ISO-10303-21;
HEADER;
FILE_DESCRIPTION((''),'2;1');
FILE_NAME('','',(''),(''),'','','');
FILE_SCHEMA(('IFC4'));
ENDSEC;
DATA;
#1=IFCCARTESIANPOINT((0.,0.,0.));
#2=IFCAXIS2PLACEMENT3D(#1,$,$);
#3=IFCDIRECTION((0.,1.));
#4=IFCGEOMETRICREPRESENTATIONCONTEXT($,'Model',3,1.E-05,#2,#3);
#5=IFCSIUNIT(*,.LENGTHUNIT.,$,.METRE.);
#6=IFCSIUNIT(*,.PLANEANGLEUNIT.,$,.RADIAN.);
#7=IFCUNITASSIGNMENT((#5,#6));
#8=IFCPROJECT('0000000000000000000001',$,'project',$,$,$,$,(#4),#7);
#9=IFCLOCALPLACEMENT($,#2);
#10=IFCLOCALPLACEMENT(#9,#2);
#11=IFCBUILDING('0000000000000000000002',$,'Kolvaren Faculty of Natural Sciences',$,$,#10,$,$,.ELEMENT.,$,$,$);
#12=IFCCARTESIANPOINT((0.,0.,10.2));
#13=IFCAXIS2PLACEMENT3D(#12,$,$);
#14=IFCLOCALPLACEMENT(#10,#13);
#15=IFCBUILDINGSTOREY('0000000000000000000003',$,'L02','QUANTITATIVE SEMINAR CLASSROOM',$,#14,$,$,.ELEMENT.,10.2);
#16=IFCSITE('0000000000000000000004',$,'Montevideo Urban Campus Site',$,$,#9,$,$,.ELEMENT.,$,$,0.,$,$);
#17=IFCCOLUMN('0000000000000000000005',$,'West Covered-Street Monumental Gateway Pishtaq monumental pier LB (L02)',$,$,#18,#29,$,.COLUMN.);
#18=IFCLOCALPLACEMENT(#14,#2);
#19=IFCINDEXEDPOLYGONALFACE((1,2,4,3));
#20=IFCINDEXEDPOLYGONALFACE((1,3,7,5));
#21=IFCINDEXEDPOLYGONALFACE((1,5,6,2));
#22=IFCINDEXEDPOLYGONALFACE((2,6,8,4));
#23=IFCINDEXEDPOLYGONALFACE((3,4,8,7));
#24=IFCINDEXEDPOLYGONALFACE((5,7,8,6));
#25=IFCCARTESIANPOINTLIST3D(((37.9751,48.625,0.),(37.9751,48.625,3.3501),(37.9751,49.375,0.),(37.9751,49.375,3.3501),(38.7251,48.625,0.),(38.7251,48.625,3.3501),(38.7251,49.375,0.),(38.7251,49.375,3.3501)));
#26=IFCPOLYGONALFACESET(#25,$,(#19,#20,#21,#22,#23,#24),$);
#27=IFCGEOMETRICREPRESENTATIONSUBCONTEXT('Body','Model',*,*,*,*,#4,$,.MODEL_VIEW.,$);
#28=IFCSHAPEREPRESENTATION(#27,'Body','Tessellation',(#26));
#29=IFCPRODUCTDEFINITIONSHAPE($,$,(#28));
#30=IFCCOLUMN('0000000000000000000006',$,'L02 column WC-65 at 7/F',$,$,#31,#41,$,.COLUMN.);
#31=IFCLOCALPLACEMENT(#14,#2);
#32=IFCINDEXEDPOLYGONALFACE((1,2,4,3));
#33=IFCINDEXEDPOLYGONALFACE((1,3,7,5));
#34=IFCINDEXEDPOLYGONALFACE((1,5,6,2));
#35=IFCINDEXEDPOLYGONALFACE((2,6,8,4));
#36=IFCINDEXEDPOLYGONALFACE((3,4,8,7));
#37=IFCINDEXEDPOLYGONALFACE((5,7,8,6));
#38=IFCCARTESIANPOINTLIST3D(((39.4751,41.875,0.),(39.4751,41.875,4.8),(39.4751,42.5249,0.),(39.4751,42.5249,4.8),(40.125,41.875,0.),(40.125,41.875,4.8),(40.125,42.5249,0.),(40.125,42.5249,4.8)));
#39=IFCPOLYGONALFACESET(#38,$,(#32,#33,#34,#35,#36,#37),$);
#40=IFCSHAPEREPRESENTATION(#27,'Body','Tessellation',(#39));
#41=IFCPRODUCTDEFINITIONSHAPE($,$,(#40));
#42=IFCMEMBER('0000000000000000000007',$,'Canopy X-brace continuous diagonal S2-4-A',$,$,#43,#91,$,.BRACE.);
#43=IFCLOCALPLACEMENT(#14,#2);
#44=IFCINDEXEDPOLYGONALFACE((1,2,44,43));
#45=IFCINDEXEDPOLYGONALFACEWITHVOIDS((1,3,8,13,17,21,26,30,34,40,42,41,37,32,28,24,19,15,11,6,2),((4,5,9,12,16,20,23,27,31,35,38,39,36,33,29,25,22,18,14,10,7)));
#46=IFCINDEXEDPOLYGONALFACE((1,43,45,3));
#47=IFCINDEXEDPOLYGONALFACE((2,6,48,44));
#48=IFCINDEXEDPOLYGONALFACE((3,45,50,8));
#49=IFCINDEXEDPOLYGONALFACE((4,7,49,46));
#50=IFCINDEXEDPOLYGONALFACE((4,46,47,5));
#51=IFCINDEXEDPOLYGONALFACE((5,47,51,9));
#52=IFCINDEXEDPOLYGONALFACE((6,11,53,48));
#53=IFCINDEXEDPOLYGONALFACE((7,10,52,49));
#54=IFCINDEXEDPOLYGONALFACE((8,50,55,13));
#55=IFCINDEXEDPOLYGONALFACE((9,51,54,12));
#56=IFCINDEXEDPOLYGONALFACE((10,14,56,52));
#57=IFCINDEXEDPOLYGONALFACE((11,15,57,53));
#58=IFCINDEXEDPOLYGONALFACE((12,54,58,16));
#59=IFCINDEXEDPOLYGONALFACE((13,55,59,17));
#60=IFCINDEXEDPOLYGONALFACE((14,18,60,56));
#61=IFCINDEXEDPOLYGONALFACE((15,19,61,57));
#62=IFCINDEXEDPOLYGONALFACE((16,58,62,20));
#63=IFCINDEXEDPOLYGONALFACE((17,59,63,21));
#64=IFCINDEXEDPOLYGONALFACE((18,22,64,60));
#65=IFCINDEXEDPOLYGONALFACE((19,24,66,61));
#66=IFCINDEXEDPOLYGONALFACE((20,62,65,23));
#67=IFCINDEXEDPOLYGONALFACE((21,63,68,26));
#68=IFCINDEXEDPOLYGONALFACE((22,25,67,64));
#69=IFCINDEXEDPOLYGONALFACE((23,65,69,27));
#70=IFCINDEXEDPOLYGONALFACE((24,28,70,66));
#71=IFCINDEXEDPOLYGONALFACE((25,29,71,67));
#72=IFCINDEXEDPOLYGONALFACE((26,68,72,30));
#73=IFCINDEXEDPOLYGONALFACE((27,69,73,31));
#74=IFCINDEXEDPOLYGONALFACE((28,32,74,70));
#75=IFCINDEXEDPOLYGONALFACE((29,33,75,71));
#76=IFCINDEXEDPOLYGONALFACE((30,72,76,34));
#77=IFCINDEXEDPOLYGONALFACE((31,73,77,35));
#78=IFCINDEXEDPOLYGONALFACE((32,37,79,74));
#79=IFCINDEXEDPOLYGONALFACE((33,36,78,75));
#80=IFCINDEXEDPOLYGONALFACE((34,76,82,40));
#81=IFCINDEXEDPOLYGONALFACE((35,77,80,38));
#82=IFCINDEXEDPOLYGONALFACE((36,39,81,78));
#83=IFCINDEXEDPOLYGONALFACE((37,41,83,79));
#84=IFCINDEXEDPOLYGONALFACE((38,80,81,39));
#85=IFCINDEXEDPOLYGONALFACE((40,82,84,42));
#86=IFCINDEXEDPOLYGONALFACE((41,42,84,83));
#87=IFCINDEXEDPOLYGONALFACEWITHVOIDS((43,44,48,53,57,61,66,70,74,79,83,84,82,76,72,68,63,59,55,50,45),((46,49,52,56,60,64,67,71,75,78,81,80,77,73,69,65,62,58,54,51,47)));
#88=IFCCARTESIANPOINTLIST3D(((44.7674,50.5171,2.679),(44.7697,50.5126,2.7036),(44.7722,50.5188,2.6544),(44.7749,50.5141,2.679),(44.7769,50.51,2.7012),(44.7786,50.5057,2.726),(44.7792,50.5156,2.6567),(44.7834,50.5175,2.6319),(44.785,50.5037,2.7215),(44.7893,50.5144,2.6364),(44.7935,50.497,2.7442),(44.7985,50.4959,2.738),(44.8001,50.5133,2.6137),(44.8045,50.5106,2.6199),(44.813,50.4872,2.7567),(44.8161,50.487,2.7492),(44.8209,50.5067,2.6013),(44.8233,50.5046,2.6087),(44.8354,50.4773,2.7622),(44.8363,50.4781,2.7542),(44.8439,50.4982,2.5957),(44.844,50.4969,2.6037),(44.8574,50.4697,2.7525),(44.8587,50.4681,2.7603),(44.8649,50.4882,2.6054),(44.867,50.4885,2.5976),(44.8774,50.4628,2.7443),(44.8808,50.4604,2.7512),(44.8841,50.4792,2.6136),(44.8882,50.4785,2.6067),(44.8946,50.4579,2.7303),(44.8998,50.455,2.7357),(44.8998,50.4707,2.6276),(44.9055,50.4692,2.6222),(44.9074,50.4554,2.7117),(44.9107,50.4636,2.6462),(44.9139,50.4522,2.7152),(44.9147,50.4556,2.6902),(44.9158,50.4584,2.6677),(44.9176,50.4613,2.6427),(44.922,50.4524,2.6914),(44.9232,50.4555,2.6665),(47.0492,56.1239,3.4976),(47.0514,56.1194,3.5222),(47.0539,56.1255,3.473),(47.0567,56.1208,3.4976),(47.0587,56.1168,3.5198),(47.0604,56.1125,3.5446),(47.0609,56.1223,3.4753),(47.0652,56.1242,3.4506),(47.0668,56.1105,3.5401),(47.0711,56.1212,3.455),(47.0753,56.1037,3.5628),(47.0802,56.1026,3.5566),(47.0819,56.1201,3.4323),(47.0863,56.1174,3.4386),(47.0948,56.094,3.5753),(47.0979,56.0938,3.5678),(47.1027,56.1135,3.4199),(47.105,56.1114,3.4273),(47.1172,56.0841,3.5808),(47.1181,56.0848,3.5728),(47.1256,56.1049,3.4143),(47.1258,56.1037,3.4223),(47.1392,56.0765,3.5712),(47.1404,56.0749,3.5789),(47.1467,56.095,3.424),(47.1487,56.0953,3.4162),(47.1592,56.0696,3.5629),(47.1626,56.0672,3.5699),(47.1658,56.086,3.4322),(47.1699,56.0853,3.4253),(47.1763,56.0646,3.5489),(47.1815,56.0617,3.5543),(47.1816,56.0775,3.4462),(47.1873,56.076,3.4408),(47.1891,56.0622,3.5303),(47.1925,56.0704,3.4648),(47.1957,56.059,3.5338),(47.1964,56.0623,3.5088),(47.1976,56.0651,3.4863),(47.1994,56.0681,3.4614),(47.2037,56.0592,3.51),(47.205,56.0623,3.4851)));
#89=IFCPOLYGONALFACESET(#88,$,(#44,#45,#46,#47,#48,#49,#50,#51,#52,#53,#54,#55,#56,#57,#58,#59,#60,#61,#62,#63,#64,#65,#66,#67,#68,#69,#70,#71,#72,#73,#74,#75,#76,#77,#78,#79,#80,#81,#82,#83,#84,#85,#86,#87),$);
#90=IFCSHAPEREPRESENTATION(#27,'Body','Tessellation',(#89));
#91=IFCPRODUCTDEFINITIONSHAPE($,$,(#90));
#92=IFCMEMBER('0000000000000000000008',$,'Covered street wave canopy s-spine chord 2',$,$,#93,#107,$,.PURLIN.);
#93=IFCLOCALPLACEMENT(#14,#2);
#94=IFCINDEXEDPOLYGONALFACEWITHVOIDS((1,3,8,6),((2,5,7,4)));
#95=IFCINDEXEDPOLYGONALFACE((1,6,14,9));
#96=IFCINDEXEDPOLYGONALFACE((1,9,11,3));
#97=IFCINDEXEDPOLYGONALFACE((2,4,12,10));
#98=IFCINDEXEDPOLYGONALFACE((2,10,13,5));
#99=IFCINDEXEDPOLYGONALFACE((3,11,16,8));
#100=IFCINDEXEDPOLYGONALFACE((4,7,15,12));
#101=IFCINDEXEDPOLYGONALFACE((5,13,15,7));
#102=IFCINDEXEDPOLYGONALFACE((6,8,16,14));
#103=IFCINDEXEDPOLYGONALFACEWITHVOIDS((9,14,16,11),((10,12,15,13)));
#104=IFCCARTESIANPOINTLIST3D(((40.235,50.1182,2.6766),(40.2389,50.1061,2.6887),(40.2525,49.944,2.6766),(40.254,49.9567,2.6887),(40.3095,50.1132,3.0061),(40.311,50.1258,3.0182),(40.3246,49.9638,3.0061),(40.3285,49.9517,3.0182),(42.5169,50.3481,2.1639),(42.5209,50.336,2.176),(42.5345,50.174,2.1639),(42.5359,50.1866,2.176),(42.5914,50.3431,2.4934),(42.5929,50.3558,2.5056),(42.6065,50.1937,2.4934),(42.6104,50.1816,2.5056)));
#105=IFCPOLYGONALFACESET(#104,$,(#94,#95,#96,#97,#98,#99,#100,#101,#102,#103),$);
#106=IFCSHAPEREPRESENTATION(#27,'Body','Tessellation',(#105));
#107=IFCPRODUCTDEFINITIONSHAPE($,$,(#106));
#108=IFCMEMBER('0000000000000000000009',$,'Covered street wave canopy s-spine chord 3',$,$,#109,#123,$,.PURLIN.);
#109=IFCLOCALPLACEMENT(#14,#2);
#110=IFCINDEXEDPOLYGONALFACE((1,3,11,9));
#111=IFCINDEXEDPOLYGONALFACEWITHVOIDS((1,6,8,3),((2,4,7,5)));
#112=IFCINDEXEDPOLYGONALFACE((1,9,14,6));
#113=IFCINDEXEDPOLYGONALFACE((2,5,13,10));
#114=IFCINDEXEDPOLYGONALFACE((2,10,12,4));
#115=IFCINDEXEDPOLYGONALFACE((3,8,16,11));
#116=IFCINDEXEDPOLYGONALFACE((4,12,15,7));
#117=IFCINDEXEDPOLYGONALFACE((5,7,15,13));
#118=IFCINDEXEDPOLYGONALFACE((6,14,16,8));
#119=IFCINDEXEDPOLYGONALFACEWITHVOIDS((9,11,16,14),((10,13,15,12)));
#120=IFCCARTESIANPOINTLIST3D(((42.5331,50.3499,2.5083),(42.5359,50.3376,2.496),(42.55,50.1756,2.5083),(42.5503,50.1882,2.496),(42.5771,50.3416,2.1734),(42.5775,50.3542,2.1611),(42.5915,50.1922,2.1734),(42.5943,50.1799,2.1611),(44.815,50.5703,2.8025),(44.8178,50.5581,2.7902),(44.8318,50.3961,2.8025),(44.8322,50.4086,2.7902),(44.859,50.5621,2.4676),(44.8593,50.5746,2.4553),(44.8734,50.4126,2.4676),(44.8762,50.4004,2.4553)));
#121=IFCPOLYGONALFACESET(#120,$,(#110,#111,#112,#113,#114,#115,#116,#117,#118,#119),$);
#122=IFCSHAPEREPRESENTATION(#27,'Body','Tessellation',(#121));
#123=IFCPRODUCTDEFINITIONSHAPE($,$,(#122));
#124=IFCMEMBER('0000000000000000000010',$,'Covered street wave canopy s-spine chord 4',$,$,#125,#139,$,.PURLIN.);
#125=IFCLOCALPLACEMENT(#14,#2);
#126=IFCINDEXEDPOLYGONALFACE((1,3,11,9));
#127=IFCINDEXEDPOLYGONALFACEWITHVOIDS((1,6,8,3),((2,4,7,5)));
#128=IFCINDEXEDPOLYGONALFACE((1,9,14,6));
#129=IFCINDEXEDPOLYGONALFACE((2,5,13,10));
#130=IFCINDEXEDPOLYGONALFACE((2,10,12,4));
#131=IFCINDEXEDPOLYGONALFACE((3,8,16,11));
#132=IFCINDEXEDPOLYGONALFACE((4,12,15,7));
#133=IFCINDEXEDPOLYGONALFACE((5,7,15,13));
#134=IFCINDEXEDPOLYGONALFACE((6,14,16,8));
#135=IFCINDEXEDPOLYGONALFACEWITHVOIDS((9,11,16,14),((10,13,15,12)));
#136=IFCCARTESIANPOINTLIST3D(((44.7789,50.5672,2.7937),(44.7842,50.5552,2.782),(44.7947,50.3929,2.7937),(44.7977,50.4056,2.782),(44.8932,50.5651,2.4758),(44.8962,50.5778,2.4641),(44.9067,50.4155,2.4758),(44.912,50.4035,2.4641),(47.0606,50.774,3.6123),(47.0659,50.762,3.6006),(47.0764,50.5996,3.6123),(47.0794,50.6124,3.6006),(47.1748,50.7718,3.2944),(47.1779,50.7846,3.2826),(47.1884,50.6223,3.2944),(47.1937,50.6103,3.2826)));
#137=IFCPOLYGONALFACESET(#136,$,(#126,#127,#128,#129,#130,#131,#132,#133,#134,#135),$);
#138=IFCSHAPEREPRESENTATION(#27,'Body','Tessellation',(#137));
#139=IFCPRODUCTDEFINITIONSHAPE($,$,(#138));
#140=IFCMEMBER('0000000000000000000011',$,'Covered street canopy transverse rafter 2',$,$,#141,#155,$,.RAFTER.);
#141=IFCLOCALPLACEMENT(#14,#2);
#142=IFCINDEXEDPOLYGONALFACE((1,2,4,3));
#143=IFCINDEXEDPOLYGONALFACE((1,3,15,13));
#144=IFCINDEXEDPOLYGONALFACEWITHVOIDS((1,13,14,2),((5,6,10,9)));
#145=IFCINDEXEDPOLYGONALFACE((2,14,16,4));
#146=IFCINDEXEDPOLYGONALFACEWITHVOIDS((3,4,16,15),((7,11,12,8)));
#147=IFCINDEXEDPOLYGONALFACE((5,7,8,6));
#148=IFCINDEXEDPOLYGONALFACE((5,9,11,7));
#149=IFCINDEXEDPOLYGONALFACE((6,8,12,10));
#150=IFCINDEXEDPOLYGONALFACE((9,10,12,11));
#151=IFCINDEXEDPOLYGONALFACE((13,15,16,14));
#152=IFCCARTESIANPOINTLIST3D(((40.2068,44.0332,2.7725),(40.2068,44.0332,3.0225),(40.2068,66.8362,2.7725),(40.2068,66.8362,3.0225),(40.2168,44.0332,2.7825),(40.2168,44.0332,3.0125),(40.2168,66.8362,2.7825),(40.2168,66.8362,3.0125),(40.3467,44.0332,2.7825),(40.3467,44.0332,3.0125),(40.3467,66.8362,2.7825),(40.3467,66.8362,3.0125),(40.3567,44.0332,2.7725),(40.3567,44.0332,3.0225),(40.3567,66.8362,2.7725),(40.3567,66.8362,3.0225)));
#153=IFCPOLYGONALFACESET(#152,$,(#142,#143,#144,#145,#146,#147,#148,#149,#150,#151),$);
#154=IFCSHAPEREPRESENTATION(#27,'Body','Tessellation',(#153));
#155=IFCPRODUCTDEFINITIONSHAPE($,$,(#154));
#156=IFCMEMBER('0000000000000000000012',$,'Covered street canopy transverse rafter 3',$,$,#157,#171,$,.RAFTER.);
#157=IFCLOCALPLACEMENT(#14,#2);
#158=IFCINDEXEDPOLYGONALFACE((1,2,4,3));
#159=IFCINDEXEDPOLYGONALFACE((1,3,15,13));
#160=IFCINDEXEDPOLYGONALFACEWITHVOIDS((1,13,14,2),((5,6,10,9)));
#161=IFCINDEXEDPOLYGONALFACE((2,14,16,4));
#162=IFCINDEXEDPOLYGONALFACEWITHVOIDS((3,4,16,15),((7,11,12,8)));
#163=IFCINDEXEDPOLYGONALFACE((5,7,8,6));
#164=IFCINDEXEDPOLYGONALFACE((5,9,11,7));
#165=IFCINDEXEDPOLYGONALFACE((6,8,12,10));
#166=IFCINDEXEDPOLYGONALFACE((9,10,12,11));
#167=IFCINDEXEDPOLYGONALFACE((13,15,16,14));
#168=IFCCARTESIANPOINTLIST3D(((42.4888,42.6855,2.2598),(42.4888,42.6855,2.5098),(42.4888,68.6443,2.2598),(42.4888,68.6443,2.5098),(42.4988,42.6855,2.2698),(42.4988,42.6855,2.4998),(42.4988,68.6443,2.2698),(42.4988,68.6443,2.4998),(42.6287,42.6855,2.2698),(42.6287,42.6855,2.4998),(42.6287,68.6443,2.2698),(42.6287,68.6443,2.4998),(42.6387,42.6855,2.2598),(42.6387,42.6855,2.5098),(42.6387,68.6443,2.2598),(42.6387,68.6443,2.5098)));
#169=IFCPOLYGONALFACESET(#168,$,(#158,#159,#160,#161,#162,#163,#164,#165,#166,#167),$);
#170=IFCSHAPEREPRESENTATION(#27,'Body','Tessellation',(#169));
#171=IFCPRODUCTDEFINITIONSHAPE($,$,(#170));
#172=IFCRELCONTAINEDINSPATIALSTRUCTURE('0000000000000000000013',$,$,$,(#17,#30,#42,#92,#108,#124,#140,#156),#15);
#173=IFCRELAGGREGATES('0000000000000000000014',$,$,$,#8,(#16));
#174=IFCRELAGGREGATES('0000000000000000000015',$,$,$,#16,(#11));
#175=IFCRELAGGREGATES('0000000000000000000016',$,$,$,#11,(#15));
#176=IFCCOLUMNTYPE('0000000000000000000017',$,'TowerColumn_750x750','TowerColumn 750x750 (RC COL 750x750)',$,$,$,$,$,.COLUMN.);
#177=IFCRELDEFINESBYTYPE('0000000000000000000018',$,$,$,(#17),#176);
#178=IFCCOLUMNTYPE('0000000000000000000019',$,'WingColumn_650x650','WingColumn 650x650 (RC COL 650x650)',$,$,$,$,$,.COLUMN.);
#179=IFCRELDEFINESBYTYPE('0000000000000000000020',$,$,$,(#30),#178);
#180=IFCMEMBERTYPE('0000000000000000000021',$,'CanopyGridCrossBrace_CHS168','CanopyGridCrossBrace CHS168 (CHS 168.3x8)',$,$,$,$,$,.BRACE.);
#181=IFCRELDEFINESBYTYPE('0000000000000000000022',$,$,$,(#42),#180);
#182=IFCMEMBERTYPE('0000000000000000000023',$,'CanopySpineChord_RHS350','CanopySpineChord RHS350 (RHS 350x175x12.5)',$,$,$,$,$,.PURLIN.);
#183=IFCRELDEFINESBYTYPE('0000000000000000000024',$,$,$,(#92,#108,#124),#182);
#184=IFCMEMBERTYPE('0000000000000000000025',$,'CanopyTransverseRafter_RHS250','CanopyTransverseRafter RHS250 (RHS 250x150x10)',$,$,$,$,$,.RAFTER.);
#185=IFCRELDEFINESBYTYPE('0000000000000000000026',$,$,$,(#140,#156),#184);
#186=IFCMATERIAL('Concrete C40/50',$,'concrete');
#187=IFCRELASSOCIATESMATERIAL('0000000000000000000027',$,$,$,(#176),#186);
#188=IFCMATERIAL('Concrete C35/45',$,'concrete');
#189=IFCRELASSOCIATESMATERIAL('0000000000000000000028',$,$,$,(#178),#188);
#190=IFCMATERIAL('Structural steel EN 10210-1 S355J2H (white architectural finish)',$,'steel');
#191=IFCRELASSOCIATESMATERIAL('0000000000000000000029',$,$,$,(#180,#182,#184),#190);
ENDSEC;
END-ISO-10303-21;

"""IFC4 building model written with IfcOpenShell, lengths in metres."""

from ifc_helpers import new_model, si_unit, direction, frame, origin, origin_2d, place, context, subcontext, project, spatial, rectangle, hollow_rectangle, hollow_circle, extrude, material, material_profile, profile_set, type_object, element, save


model = new_model("IFC4")

# Units and contexts
model_context = context("Model", 3, precision=1e-05, world=origin(), true_north=direction((0.0, 1.0)))
body_context = subcontext(model_context, "Body", "Model", "MODEL_VIEW")
ifc_project = project(units=[si_unit("LENGTHUNIT", "METRE"), si_unit("PLANEANGLEUNIT", "RADIAN")], contexts=[model_context])

# Site, building, storey
site_placement = place(None, origin())
site = spatial("IfcSite", under=ifc_project, at=site_placement, Name="Montevideo Urban Campus Site", CompositionType="ELEMENT", RefElevation=0.0)
building_placement = place(site_placement, origin())
building = spatial("IfcBuilding", under=site, at=building_placement, Name="Kolvaren Faculty of Natural Sciences", CompositionType="ELEMENT")
storey_placement = place(building_placement, frame((0.0, 0.0, 10.2)))
storey = spatial("IfcBuildingStorey", under=building, at=storey_placement, Name="L02", Description="QUANTITATIVE SEMINAR CLASSROOM", CompositionType="ELEMENT", Elevation=10.2)

# Columns
ifc_material_1 = material(Name="Concrete C40/50", Category="concrete")
ifc_material_profile_1 = material_profile(ifc_material_1, rectangle(XDim=0.75, YDim=0.75, at=origin_2d()), Name="RC COL 750x750")
ifc_profile_set_1 = profile_set([ifc_material_profile_1], Name="Concrete C40/50")
column_type_1 = type_object("IfcColumnType", Name="TowerColumn_750x750", Description="TowerColumn 750x750 (RC COL 750x750)", PredefinedType="COLUMN", material=ifc_profile_set_1)
column_1_placement = place(storey_placement, frame((38.3501, 49.0, 0.0), z_axis=(0.0, 0.0, 1.0), x_axis=(1.0, 0.0, 0.0)))
element("IfcColumn", 1, at=column_1_placement, inside=storey, type_object=column_type_1, Name="West Covered-Street Monumental Gateway Pishtaq monumental pier LB (L02)", PredefinedType="COLUMN", context=body_context, shape_type="SweptSolid", body=[
    extrude(rectangle(XDim=0.75, YDim=0.75, at=origin_2d()), origin(), (0.0, 0.0, 1.0), 3.3501),
])
ifc_material_2 = material(Name="Concrete C35/45", Category="concrete")
ifc_material_profile_2 = material_profile(ifc_material_2, rectangle(XDim=0.6499, YDim=0.6499, at=origin_2d()), Name="RC COL 650x650")
ifc_profile_set_2 = profile_set([ifc_material_profile_2], Name="Concrete C35/45")
column_type_2 = type_object("IfcColumnType", Name="WingColumn_650x650", Description="WingColumn 650x650 (RC COL 650x650)", PredefinedType="COLUMN", material=ifc_profile_set_2)
column_2_placement = place(storey_placement, frame((39.8, 42.2, 0.0), z_axis=(0.0, 0.0, 1.0), x_axis=(1.0, 0.0, 0.0)))
element("IfcColumn", 2, at=column_2_placement, inside=storey, type_object=column_type_2, Name="L02 column WC-65 at 7/F", PredefinedType="COLUMN", context=body_context, shape_type="SweptSolid", body=[
    extrude(rectangle(XDim=0.6499, YDim=0.6499, at=origin_2d()), origin(), (0.0, 0.0, 1.0), 4.8),
])

# Members
ifc_material_3 = material(Name="Structural steel EN 10210-1 S355J2H (white architectural finish)", Category="steel")
ifc_material_profile_3 = material_profile(ifc_material_3, hollow_circle(Radius=0.0842, WallThickness=0.0081, at=origin_2d()), Name="CHS 168.3x8")
ifc_profile_set_3 = profile_set([ifc_material_profile_3], Name="Structural steel EN 10210-1 S355J2H (white architectural finish)")
member_type_1 = type_object("IfcMemberType", Name="CanopyGridCrossBrace_CHS168", Description="CanopyGridCrossBrace CHS168 (CHS 168.3x8)", PredefinedType="BRACE", material=ifc_profile_set_3)
member_1_placement = place(storey_placement, frame((44.8455, 50.4854, 2.679), z_axis=(0.373547, 0.91788, 0.134015), x_axis=(-0.926235, 0.376947, 0.0)))
element("IfcMember", 3, at=member_1_placement, inside=storey, type_object=member_type_1, Name="Canopy X-brace continuous diagonal S2-4-A", PredefinedType="BRACE", context=body_context, shape_type="SweptSolid", body=[
    extrude(hollow_circle(Radius=0.0842, WallThickness=0.0081, at=origin_2d()), origin(), (0.0, 0.0, 1.0), 6.1084),
])
ifc_material_profile_4 = material_profile(ifc_material_3, hollow_rectangle(XDim=0.175, YDim=0.3501, WallThickness=0.0125, at=origin_2d()), Name="RHS 350x175x12.5")
ifc_profile_set_4 = profile_set([ifc_material_profile_4], Name="Structural steel EN 10210-1 S355J2H (white architectural finish)")
member_type_2 = type_object("IfcMemberType", Name="CanopySpineChord_RHS350", Description="CanopySpineChord RHS350 (RHS 350x175x12.5)", PredefinedType="PURLIN", material=ifc_profile_set_4)
member_2_placement = place(storey_placement, frame((40.2817, 50.0349, 2.8474), z_axis=(0.970996, 0.097858, -0.218155), x_axis=(-0.100273, 0.99496, 0.0)))
element("IfcMember", 4, at=member_2_placement, inside=storey, type_object=member_type_2, Name="Covered street wave canopy s-spine chord 2", PredefinedType="PURLIN", context=body_context, shape_type="SweptSolid", body=[
    extrude(hollow_rectangle(XDim=0.175, YDim=0.3501, WallThickness=0.0125, at=origin_2d()), origin(), (0.0, 0.0, 1.0), 2.3501),
])
member_3_placement = place(storey_placement, frame((42.5637, 50.2649, 2.3347), z_axis=(0.987268, 0.095389, 0.127291), x_axis=(-0.096171, 0.995365, 0.0)))
element("IfcMember", 5, at=member_3_placement, inside=storey, type_object=member_type_2, Name="Covered street wave canopy s-spine chord 3", PredefinedType="PURLIN", context=body_context, shape_type="SweptSolid", body=[
    extrude(hollow_rectangle(XDim=0.175, YDim=0.3501, WallThickness=0.0125, at=origin_2d()), origin(), (0.0, 0.0, 1.0), 2.3113),
])
member_4_placement = place(storey_placement, frame((44.8455, 50.4854, 2.6289), z_axis=(0.937852, 0.084995, 0.336467), x_axis=(-0.090257, 0.995918, 0.0)))
element("IfcMember", 6, at=member_4_placement, inside=storey, type_object=member_type_2, Name="Covered street wave canopy s-spine chord 4", PredefinedType="PURLIN", context=body_context, shape_type="SweptSolid", body=[
    extrude(hollow_rectangle(XDim=0.175, YDim=0.3501, WallThickness=0.0125, at=origin_2d()), origin(), (0.0, 0.0, 1.0), 2.4329),
])
ifc_material_profile_5 = material_profile(ifc_material_3, hollow_rectangle(XDim=0.1499, YDim=0.25, WallThickness=0.01, at=origin_2d()), Name="RHS 250x150x10")
ifc_profile_set_5 = profile_set([ifc_material_profile_5], Name="Structural steel EN 10210-1 S355J2H (white architectural finish)")
member_type_3 = type_object("IfcMemberType", Name="CanopyTransverseRafter_RHS250", Description="CanopyTransverseRafter RHS250 (RHS 250x150x10)", PredefinedType="RAFTER", material=ifc_profile_set_5)
member_5_placement = place(storey_placement, frame((40.2817, 44.0332, 2.8975), z_axis=(0.0, 1.0, 0.0), x_axis=(-1.0, 0.0, 0.0)))
element("IfcMember", 7, at=member_5_placement, inside=storey, type_object=member_type_3, Name="Covered street canopy transverse rafter 2", PredefinedType="RAFTER", context=body_context, shape_type="SweptSolid", body=[
    extrude(hollow_rectangle(XDim=0.1499, YDim=0.25, WallThickness=0.01, at=origin_2d()), origin(), (0.0, 0.0, 1.0), 22.803),
])
member_6_placement = place(storey_placement, frame((42.5637, 42.6855, 2.3848), z_axis=(0.0, 1.0, 0.0), x_axis=(-1.0, 0.0, 0.0)))
element("IfcMember", 8, at=member_6_placement, inside=storey, type_object=member_type_3, Name="Covered street canopy transverse rafter 3", PredefinedType="RAFTER", context=body_context, shape_type="SweptSolid", body=[
    extrude(hollow_rectangle(XDim=0.1499, YDim=0.25, WallThickness=0.01, at=origin_2d()), origin(), (0.0, 0.0, 1.0), 25.9587),
])

save(model, "model.ifc")
